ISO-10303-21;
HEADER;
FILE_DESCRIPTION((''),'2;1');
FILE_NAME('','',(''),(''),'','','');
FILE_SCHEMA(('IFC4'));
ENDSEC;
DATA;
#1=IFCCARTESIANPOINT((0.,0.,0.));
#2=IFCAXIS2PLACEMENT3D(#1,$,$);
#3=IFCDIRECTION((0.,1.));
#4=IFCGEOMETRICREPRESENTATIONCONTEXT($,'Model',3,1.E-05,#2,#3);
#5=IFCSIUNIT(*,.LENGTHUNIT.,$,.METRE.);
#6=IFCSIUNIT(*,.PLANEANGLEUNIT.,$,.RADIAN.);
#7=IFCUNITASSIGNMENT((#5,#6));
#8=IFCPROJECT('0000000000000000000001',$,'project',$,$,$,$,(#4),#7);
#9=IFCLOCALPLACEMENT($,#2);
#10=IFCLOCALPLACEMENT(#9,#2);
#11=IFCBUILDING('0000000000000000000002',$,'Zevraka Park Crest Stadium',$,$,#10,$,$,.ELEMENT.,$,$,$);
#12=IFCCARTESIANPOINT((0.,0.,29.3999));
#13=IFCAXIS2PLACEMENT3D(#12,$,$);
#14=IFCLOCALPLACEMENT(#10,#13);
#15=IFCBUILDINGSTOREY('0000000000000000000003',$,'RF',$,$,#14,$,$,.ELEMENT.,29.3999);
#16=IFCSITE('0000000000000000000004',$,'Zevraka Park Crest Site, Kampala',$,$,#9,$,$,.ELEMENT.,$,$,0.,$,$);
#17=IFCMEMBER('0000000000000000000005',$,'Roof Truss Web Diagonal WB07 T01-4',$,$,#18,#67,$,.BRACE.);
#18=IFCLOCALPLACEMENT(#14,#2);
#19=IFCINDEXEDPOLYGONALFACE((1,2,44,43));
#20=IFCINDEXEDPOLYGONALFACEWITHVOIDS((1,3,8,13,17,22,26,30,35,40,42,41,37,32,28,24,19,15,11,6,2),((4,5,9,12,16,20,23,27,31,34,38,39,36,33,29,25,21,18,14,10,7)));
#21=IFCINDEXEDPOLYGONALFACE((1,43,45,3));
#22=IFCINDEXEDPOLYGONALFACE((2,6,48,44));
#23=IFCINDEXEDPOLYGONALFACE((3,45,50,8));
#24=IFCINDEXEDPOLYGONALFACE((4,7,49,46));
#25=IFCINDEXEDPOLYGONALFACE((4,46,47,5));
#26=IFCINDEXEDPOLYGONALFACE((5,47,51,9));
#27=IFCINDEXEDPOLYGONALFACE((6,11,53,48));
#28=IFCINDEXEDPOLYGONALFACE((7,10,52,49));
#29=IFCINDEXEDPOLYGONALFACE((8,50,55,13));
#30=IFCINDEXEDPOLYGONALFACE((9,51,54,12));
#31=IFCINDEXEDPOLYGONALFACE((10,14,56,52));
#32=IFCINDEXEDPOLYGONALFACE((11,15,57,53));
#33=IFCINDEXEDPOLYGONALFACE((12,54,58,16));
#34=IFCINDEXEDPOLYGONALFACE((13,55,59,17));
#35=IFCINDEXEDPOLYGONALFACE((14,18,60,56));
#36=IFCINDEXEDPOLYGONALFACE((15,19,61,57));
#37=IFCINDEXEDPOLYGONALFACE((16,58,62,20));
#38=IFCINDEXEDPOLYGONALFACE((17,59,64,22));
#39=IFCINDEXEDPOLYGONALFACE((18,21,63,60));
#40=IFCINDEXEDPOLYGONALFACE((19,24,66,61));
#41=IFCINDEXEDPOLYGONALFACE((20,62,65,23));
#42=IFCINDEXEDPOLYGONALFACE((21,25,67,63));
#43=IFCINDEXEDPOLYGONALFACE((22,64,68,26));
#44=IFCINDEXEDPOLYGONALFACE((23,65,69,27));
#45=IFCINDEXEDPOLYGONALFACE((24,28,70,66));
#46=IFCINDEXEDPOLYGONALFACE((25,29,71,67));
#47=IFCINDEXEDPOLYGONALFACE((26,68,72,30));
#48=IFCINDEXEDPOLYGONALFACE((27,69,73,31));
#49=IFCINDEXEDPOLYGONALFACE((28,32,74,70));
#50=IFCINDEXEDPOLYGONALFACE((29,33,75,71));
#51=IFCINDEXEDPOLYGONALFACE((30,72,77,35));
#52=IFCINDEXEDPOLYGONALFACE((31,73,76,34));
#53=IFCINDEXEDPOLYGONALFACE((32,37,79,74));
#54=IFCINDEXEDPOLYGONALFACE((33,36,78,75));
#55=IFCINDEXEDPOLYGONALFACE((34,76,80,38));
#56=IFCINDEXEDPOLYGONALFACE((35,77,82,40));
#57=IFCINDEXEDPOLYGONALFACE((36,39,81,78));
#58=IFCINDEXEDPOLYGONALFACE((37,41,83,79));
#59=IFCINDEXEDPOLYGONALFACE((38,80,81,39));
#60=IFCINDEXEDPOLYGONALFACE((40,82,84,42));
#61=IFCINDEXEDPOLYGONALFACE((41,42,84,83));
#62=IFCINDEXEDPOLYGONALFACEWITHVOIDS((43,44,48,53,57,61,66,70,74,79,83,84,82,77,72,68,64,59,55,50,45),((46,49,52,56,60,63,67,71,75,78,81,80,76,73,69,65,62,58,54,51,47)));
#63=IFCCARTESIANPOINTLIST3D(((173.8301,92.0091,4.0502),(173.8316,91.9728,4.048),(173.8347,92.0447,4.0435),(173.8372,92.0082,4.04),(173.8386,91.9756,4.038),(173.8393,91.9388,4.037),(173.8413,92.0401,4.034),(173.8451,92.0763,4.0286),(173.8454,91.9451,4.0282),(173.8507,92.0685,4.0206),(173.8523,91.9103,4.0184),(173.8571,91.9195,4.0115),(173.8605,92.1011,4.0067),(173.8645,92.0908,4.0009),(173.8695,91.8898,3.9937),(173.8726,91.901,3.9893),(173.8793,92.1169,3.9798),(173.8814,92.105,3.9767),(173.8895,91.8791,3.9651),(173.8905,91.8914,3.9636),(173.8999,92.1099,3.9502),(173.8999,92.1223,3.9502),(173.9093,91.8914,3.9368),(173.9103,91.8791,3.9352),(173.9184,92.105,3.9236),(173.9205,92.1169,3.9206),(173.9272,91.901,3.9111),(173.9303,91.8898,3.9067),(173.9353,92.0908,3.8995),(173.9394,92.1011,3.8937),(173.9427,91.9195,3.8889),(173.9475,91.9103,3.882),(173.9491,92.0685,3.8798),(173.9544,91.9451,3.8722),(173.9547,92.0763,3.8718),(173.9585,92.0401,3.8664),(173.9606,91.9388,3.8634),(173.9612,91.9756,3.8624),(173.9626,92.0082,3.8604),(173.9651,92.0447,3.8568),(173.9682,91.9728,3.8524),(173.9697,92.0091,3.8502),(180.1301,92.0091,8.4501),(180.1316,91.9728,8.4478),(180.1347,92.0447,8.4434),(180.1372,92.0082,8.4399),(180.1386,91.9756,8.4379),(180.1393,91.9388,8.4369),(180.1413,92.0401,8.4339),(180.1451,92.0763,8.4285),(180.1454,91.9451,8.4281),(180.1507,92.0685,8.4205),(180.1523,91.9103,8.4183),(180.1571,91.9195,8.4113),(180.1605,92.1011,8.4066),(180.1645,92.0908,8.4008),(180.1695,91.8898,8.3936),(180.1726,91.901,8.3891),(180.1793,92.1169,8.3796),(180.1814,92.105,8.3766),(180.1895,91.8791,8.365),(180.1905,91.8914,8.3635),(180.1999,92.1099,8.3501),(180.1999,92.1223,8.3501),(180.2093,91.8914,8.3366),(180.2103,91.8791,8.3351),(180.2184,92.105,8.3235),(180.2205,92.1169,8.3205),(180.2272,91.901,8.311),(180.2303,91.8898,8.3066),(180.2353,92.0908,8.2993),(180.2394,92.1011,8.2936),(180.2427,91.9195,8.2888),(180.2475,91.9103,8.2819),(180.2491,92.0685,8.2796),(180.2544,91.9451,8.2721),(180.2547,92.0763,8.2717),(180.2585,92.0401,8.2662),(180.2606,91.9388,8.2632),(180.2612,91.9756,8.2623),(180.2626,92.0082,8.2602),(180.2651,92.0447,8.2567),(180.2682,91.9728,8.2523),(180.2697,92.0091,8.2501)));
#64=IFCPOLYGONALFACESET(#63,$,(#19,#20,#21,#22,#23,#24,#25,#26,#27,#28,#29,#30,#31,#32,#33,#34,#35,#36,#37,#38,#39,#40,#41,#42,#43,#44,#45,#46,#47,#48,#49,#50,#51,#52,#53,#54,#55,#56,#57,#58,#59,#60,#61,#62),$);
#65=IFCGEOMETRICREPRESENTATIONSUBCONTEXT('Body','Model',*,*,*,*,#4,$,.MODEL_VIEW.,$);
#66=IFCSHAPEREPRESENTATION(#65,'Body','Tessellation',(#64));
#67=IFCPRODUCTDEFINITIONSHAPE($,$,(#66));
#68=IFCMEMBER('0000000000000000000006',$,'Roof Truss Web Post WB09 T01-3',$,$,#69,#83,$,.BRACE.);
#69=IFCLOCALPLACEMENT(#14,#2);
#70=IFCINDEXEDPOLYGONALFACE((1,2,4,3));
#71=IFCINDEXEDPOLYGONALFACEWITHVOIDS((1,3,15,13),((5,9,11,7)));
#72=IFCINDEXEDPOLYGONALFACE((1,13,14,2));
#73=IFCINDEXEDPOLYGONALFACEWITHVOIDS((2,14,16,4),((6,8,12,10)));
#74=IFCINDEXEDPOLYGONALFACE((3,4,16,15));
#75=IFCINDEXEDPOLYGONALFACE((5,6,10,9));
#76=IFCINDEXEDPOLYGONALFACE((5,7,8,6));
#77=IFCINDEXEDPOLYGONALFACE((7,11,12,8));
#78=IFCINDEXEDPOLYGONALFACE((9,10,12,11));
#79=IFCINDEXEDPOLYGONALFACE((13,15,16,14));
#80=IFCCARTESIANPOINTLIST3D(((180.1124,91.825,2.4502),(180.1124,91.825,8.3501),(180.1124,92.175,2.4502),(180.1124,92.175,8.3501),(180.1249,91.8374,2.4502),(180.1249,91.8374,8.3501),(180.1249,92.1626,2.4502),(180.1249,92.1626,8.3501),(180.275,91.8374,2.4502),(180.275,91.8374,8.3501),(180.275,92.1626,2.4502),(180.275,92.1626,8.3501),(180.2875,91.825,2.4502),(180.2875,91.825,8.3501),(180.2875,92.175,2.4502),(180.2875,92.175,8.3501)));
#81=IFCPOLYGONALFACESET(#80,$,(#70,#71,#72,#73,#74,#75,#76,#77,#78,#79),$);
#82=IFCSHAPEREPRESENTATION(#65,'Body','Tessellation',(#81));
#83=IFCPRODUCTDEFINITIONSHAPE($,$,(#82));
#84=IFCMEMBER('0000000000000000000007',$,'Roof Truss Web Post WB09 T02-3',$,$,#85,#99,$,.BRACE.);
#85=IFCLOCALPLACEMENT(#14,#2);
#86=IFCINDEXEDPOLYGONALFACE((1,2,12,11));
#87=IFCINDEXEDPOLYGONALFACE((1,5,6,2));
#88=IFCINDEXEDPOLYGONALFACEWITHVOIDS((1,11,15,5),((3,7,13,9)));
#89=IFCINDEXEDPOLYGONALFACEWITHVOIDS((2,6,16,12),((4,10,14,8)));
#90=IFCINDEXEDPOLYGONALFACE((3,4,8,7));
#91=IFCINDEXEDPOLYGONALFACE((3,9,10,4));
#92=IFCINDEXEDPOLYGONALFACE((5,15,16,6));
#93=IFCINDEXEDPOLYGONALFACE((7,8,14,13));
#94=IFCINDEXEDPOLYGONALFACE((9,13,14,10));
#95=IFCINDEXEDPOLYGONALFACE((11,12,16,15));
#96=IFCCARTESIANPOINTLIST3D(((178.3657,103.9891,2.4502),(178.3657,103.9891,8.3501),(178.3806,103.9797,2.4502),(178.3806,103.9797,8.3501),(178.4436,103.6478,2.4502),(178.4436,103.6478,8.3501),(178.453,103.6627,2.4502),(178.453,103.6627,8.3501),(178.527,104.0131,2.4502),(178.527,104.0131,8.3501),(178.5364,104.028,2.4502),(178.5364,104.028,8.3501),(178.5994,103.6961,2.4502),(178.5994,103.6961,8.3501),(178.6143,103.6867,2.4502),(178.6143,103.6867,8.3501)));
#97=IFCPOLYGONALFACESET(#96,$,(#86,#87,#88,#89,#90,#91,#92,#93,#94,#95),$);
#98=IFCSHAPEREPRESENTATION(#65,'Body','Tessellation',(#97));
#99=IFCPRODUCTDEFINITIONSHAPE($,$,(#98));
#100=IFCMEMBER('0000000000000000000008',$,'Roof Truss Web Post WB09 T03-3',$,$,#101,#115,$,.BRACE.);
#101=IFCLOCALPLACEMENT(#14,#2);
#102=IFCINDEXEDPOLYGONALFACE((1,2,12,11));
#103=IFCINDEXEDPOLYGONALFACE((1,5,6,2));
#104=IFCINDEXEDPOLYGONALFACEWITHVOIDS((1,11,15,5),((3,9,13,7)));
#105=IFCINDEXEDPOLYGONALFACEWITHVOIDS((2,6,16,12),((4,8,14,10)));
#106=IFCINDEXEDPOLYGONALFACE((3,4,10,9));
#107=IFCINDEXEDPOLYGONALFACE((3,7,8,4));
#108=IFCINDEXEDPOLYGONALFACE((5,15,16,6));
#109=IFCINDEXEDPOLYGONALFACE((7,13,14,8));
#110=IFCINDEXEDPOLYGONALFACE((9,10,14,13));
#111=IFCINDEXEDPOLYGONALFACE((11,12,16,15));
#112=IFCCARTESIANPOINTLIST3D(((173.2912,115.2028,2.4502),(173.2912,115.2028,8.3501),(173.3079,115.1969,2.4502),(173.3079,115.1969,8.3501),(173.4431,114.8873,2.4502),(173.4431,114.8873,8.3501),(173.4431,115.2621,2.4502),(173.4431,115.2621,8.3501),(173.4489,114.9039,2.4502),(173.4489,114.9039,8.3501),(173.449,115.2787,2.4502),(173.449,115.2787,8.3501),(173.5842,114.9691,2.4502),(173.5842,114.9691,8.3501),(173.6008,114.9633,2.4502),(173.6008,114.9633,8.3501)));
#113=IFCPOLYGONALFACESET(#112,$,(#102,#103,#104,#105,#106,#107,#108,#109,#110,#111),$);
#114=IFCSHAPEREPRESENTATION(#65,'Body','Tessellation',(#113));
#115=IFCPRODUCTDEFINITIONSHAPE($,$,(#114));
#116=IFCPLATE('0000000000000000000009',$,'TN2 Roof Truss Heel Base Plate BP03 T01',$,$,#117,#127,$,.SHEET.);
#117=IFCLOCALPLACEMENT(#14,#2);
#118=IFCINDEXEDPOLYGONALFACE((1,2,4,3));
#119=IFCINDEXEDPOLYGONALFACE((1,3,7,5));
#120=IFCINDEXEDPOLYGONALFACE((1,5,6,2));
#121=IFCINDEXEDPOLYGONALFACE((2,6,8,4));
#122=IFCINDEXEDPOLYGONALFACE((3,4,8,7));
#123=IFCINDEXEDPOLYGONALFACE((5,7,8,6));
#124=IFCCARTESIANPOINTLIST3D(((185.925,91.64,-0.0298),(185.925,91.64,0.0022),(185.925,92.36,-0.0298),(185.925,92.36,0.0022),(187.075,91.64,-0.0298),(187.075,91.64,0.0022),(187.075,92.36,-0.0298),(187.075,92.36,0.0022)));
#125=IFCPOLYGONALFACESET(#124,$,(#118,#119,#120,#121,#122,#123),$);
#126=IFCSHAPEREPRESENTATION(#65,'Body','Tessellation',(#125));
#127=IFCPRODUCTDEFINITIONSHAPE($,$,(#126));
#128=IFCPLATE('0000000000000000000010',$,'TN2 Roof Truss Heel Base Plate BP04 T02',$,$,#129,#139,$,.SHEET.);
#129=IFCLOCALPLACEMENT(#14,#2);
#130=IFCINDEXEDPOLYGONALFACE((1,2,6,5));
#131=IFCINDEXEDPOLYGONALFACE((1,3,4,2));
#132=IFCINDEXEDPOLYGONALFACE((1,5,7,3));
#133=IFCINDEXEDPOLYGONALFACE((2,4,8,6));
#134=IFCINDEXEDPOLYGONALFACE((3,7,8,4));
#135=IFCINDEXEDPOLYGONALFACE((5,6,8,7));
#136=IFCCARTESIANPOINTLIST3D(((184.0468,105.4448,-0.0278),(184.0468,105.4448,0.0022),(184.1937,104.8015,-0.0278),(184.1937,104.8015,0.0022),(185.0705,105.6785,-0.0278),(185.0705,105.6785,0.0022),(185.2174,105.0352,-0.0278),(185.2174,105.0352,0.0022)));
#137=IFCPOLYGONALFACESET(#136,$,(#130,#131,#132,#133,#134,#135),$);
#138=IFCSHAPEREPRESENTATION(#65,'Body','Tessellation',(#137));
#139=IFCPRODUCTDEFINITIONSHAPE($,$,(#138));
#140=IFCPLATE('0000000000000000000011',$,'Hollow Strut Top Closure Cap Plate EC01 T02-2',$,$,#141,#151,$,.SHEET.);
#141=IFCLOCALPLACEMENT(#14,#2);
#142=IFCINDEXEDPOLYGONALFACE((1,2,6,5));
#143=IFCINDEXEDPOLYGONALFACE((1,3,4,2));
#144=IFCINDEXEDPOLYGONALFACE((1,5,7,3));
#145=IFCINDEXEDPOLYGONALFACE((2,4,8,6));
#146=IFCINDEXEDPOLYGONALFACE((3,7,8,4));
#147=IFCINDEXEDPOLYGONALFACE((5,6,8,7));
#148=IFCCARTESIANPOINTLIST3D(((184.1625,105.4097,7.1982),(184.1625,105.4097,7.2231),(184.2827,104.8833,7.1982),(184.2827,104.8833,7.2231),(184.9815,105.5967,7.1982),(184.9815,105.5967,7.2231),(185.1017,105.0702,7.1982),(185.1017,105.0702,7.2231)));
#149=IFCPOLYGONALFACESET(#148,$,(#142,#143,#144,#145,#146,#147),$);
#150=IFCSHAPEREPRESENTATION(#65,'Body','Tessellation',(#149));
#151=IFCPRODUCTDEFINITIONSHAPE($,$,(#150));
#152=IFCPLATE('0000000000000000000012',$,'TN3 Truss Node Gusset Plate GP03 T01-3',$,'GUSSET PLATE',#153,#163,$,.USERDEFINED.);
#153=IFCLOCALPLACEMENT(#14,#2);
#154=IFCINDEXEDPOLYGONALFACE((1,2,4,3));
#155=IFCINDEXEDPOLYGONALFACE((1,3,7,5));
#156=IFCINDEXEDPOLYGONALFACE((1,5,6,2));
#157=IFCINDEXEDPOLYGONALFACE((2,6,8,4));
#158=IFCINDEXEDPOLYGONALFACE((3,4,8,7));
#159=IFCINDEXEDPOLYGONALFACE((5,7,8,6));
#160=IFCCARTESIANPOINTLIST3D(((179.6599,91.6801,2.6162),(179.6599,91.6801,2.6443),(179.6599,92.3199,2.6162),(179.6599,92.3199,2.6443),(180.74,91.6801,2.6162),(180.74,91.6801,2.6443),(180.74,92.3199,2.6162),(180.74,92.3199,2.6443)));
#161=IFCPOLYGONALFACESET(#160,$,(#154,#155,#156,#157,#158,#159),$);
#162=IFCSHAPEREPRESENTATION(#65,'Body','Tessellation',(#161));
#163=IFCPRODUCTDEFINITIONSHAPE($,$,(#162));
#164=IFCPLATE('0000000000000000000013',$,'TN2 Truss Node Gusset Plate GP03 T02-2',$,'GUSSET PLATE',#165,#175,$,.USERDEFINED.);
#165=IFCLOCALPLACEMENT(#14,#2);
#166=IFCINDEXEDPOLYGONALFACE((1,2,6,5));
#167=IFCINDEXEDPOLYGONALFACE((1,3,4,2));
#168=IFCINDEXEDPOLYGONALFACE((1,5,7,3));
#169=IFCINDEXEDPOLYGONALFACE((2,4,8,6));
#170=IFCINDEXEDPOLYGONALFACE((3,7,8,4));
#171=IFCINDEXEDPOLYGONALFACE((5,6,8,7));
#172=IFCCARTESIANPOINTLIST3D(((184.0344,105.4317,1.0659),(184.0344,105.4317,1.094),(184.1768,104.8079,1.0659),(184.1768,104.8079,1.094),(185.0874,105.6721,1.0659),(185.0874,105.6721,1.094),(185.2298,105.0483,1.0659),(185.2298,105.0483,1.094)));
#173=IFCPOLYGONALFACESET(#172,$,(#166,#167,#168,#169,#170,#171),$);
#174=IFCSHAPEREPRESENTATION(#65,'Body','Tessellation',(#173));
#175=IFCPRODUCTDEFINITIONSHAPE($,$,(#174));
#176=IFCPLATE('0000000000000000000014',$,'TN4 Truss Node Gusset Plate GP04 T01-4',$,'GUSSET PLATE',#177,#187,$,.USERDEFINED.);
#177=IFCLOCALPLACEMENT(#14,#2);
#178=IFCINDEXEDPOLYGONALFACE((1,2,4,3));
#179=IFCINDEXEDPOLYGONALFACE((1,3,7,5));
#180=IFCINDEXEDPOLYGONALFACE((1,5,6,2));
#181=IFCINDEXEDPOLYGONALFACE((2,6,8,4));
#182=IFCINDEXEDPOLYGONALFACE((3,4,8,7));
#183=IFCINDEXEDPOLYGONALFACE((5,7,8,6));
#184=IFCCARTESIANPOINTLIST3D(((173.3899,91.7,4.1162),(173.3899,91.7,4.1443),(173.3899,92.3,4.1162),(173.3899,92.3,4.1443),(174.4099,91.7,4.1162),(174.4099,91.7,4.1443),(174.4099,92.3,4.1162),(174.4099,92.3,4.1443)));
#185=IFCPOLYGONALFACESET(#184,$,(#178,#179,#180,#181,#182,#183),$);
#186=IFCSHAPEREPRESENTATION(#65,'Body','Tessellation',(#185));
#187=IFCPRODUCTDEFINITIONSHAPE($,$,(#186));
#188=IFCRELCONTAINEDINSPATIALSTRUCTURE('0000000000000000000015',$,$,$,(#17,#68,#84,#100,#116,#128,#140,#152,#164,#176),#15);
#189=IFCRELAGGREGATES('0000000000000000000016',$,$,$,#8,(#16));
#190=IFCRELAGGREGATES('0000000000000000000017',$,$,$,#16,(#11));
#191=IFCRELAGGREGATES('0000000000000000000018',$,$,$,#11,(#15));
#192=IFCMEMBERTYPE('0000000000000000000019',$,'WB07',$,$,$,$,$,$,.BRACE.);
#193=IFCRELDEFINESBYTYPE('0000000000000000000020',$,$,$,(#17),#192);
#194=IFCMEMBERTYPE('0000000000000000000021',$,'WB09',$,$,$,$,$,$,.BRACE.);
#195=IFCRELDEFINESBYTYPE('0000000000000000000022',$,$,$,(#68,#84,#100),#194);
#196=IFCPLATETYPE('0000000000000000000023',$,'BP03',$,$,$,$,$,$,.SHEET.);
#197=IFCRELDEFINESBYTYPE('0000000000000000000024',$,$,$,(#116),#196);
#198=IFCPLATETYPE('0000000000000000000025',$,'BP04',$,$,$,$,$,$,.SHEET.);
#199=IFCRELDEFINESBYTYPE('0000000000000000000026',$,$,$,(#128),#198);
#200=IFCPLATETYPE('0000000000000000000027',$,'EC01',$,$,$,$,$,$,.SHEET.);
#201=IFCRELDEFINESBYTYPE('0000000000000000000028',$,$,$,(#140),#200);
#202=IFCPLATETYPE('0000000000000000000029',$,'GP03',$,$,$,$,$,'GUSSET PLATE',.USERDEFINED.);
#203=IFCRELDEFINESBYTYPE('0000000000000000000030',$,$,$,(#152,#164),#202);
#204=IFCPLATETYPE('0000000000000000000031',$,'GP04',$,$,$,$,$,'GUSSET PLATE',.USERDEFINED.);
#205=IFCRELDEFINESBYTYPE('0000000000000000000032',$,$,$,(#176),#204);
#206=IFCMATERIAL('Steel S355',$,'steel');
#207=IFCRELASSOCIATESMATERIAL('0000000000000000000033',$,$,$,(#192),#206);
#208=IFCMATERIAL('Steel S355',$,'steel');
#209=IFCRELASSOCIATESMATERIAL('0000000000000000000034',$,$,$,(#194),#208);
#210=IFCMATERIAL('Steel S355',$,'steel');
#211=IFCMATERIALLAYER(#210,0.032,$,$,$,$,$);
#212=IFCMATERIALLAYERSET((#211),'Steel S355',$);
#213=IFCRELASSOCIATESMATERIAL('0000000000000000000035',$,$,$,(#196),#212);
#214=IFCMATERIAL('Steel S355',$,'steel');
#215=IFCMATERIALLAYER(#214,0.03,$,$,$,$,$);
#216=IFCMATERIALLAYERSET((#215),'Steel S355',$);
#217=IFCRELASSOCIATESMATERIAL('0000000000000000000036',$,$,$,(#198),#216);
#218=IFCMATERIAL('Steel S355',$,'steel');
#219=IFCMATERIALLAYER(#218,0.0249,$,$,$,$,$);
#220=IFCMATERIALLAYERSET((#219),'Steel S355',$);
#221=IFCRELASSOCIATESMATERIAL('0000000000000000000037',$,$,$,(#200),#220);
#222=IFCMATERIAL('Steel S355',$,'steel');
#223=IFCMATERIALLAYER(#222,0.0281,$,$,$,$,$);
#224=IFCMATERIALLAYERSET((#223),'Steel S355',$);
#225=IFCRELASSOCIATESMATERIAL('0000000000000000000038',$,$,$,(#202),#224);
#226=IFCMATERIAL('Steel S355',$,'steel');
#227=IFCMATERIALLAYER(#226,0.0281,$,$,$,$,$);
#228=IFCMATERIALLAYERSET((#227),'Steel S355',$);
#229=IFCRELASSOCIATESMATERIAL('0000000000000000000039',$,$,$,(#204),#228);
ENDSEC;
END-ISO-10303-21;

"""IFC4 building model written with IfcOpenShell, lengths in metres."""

from ifc_helpers import new_model, si_unit, direction, frame, origin, origin_2d, place, context, subcontext, project, spatial, rectangle, hollow_rectangle, hollow_circle, extrude, material, layer, layer_set, material_profile, profile_set, type_object, element, save


model = new_model("IFC4")

# Units and contexts
model_context = context("Model", 3, precision=1e-05, world=origin(), true_north=direction((0.0, 1.0)))
body_context = subcontext(model_context, "Body", "Model", "MODEL_VIEW")
ifc_project = project(units=[si_unit("LENGTHUNIT", "METRE"), si_unit("PLANEANGLEUNIT", "RADIAN")], contexts=[model_context])

# Site, building, storey
site_placement = place(None, origin())
site = spatial("IfcSite", under=ifc_project, at=site_placement, Name="Zevraka Park Crest Site, Kampala", CompositionType="ELEMENT", RefElevation=0.0)
building_placement = place(site_placement, origin())
building = spatial("IfcBuilding", under=site, at=building_placement, Name="Zevraka Park Crest Stadium", CompositionType="ELEMENT")
storey_placement = place(building_placement, frame((0.0, 0.0, 29.3999)))
storey = spatial("IfcBuildingStorey", under=building, at=storey_placement, Name="RF", CompositionType="ELEMENT", Elevation=29.3999)

# Members
ifc_material_1 = material(Name="Steel S355", Category="steel")
ifc_material_profile_1 = material_profile(ifc_material_1, hollow_circle(Radius=0.1223, WallThickness=0.0125, at=origin_2d()), Name="CHS 244.5x12.5")
ifc_profile_set_1 = profile_set([ifc_material_profile_1], Name="Steel S355")
member_type_1 = type_object("IfcMemberType", Name="WB07", PredefinedType="BRACE", material=ifc_profile_set_1)
member_1_placement = place(storey_placement, frame((173.8999, 92.0, 3.9502), z_axis=(0.819851, 0.0, 0.572577), x_axis=(0.0, 1.0, 0.0)))
element("IfcMember", 1, at=member_1_placement, inside=storey, type_object=member_type_1, Name="Roof Truss Web Diagonal WB07 T01-4", PredefinedType="BRACE", context=body_context, shape_type="SweptSolid", body=[
    extrude(hollow_circle(Radius=0.1223, WallThickness=0.0125, at=origin_2d()), origin(), (0.0, 0.0, 1.0), 7.6843),
])
ifc_material_2 = material(Name="Steel S355", Category="steel")
ifc_material_profile_2 = material_profile(ifc_material_2, hollow_rectangle(XDim=0.175, YDim=0.3501, WallThickness=0.0125, at=origin_2d()), Name="RHS 350x175x12.5")
ifc_profile_set_2 = profile_set([ifc_material_profile_2], Name="Steel S355")
member_type_2 = type_object("IfcMemberType", Name="WB09", PredefinedType="BRACE", material=ifc_profile_set_2)
for number, where, z_axis, x_axis, name in (
    (2, (180.2, 92.0, 2.4502), (0.0, 0.0, 1.0), (1.0, 0.0, 0.0), "Roof Truss Web Post WB09 T01-3"),
    (3, (178.49, 103.8379, 2.4502), (0.0, 0.0, 1.0), (0.974917, 0.22257, 0.0), "Roof Truss Web Post WB09 T02-3"),
    (4, (173.446, 115.083, 2.4502), (0.0, 0.0, 1.0), (0.901001, 0.433816, 0.0), "Roof Truss Web Post WB09 T03-3"),
):
    element("IfcMember", number, at=place(storey_placement, frame(where, z_axis=z_axis, x_axis=x_axis)), inside=storey, type_object=member_type_2, Name=name, PredefinedType="BRACE", context=body_context, shape_type="SweptSolid", body=[
        extrude(hollow_rectangle(XDim=0.175, YDim=0.3501, WallThickness=0.0125, at=origin_2d()), origin(), (0.0, 0.0, 1.0), 5.8999),
    ])

# Plates
ifc_material_3 = material(Name="Steel S355", Category="steel")
ifc_layer_1 = layer(ifc_material_3, 0.032)
ifc_layer_set_1 = layer_set([ifc_layer_1], Name="Steel S355")
plate_type_1 = type_object("IfcPlateType", Name="BP03", PredefinedType="SHEET", material=ifc_layer_set_1)
plate_1_placement = place(storey_placement, frame((186.5, 92.0, -0.0298), z_axis=(0.0, 0.0, 1.0), x_axis=(1.0, 0.0, 0.0)))
element("IfcPlate", 5, at=plate_1_placement, inside=storey, type_object=plate_type_1, Name="TN2 Roof Truss Heel Base Plate BP03 T01", PredefinedType="SHEET", context=body_context, shape_type="SweptSolid", body=[
    extrude(rectangle(XDim=1.1499, YDim=0.72, at=origin_2d()), origin(), (0.0, 0.0, 1.0), 0.032),
])
ifc_material_4 = material(Name="Steel S355", Category="steel")
ifc_layer_2 = layer(ifc_material_4, 0.03)
ifc_layer_set_2 = layer_set([ifc_layer_2], Name="Steel S355")
plate_type_2 = type_object("IfcPlateType", Name="BP04", PredefinedType="SHEET", material=ifc_layer_set_2)
plate_2_placement = place(storey_placement, frame((184.6321, 105.24, -0.0278), z_axis=(0.0, 0.0, 1.0), x_axis=(0.974917, 0.22257, 0.0)))
element("IfcPlate", 6, at=plate_2_placement, inside=storey, type_object=plate_type_2, Name="TN2 Roof Truss Heel Base Plate BP04 T02", PredefinedType="SHEET", context=body_context, shape_type="SweptSolid", body=[
    extrude(rectangle(XDim=1.05, YDim=0.6599, at=origin_2d()), origin(), (0.0, 0.0, 1.0), 0.03),
])
ifc_material_5 = material(Name="Steel S355", Category="steel")
ifc_layer_3 = layer(ifc_material_5, 0.0249)
ifc_layer_set_3 = layer_set([ifc_layer_3], Name="Steel S355")
plate_type_3 = type_object("IfcPlateType", Name="EC01", PredefinedType="SHEET", material=ifc_layer_set_3)
plate_3_placement = place(storey_placement, frame((184.6321, 105.24, 7.1982), z_axis=(0.0, 0.0, 1.0), x_axis=(0.974917, 0.22257, 0.0)))
element("IfcPlate", 7, at=plate_3_placement, inside=storey, type_object=plate_type_3, Name="Hollow Strut Top Closure Cap Plate EC01 T02-2", PredefinedType="SHEET", context=body_context, shape_type="SweptSolid", body=[
    extrude(rectangle(XDim=0.8401, YDim=0.54, at=origin_2d()), origin(), (0.0, 0.0, 1.0), 0.0249),
])
ifc_material_6 = material(Name="Steel S355", Category="steel")
ifc_layer_4 = layer(ifc_material_6, 0.0281)
ifc_layer_set_4 = layer_set([ifc_layer_4], Name="Steel S355")
plate_type_4 = type_object("IfcPlateType", Name="GP03", ElementType="GUSSET PLATE", PredefinedType="USERDEFINED", material=ifc_layer_set_4)
for number, where, z_axis, x_axis, name in (
    (8, (180.2, 92.0, 2.6162), (0.0, 0.0, 1.0), (1.0, 0.0, 0.0), "TN3 Truss Node Gusset Plate GP03 T01-3"),
    (9, (184.6321, 105.24, 1.0659), (0.0, 0.0, 1.0), (0.974917, 0.22257, 0.0), "TN2 Truss Node Gusset Plate GP03 T02-2"),
):
    element("IfcPlate", number, at=place(storey_placement, frame(where, z_axis=z_axis, x_axis=x_axis)), inside=storey, type_object=plate_type_4, Name=name, ObjectType="GUSSET PLATE", PredefinedType="USERDEFINED", context=body_context, shape_type="SweptSolid", body=[
        extrude(rectangle(XDim=1.0801, YDim=0.6399, at=origin_2d()), origin(), (0.0, 0.0, 1.0), 0.0281),
    ])
ifc_material_7 = material(Name="Steel S355", Category="steel")
ifc_layer_5 = layer(ifc_material_7, 0.0281)
ifc_layer_set_5 = layer_set([ifc_layer_5], Name="Steel S355")
plate_type_5 = type_object("IfcPlateType", Name="GP04", ElementType="GUSSET PLATE", PredefinedType="USERDEFINED", material=ifc_layer_set_5)
for number, where, z_axis, x_axis, name in (
    (10, (173.8999, 92.0, 4.1162), (0.0, 0.0, 1.0), (1.0, 0.0, 0.0), "TN4 Truss Node Gusset Plate GP04 T01-4"),
):
    element("IfcPlate", number, at=place(storey_placement, frame(where, z_axis=z_axis, x_axis=x_axis)), inside=storey, type_object=plate_type_5, Name=name, ObjectType="GUSSET PLATE", PredefinedType="USERDEFINED", context=body_context, shape_type="SweptSolid", body=[
        extrude(rectangle(XDim=1.02, YDim=0.6001, at=origin_2d()), origin(), (0.0, 0.0, 1.0), 0.0281),
    ])

save(model, "model.ifc")
